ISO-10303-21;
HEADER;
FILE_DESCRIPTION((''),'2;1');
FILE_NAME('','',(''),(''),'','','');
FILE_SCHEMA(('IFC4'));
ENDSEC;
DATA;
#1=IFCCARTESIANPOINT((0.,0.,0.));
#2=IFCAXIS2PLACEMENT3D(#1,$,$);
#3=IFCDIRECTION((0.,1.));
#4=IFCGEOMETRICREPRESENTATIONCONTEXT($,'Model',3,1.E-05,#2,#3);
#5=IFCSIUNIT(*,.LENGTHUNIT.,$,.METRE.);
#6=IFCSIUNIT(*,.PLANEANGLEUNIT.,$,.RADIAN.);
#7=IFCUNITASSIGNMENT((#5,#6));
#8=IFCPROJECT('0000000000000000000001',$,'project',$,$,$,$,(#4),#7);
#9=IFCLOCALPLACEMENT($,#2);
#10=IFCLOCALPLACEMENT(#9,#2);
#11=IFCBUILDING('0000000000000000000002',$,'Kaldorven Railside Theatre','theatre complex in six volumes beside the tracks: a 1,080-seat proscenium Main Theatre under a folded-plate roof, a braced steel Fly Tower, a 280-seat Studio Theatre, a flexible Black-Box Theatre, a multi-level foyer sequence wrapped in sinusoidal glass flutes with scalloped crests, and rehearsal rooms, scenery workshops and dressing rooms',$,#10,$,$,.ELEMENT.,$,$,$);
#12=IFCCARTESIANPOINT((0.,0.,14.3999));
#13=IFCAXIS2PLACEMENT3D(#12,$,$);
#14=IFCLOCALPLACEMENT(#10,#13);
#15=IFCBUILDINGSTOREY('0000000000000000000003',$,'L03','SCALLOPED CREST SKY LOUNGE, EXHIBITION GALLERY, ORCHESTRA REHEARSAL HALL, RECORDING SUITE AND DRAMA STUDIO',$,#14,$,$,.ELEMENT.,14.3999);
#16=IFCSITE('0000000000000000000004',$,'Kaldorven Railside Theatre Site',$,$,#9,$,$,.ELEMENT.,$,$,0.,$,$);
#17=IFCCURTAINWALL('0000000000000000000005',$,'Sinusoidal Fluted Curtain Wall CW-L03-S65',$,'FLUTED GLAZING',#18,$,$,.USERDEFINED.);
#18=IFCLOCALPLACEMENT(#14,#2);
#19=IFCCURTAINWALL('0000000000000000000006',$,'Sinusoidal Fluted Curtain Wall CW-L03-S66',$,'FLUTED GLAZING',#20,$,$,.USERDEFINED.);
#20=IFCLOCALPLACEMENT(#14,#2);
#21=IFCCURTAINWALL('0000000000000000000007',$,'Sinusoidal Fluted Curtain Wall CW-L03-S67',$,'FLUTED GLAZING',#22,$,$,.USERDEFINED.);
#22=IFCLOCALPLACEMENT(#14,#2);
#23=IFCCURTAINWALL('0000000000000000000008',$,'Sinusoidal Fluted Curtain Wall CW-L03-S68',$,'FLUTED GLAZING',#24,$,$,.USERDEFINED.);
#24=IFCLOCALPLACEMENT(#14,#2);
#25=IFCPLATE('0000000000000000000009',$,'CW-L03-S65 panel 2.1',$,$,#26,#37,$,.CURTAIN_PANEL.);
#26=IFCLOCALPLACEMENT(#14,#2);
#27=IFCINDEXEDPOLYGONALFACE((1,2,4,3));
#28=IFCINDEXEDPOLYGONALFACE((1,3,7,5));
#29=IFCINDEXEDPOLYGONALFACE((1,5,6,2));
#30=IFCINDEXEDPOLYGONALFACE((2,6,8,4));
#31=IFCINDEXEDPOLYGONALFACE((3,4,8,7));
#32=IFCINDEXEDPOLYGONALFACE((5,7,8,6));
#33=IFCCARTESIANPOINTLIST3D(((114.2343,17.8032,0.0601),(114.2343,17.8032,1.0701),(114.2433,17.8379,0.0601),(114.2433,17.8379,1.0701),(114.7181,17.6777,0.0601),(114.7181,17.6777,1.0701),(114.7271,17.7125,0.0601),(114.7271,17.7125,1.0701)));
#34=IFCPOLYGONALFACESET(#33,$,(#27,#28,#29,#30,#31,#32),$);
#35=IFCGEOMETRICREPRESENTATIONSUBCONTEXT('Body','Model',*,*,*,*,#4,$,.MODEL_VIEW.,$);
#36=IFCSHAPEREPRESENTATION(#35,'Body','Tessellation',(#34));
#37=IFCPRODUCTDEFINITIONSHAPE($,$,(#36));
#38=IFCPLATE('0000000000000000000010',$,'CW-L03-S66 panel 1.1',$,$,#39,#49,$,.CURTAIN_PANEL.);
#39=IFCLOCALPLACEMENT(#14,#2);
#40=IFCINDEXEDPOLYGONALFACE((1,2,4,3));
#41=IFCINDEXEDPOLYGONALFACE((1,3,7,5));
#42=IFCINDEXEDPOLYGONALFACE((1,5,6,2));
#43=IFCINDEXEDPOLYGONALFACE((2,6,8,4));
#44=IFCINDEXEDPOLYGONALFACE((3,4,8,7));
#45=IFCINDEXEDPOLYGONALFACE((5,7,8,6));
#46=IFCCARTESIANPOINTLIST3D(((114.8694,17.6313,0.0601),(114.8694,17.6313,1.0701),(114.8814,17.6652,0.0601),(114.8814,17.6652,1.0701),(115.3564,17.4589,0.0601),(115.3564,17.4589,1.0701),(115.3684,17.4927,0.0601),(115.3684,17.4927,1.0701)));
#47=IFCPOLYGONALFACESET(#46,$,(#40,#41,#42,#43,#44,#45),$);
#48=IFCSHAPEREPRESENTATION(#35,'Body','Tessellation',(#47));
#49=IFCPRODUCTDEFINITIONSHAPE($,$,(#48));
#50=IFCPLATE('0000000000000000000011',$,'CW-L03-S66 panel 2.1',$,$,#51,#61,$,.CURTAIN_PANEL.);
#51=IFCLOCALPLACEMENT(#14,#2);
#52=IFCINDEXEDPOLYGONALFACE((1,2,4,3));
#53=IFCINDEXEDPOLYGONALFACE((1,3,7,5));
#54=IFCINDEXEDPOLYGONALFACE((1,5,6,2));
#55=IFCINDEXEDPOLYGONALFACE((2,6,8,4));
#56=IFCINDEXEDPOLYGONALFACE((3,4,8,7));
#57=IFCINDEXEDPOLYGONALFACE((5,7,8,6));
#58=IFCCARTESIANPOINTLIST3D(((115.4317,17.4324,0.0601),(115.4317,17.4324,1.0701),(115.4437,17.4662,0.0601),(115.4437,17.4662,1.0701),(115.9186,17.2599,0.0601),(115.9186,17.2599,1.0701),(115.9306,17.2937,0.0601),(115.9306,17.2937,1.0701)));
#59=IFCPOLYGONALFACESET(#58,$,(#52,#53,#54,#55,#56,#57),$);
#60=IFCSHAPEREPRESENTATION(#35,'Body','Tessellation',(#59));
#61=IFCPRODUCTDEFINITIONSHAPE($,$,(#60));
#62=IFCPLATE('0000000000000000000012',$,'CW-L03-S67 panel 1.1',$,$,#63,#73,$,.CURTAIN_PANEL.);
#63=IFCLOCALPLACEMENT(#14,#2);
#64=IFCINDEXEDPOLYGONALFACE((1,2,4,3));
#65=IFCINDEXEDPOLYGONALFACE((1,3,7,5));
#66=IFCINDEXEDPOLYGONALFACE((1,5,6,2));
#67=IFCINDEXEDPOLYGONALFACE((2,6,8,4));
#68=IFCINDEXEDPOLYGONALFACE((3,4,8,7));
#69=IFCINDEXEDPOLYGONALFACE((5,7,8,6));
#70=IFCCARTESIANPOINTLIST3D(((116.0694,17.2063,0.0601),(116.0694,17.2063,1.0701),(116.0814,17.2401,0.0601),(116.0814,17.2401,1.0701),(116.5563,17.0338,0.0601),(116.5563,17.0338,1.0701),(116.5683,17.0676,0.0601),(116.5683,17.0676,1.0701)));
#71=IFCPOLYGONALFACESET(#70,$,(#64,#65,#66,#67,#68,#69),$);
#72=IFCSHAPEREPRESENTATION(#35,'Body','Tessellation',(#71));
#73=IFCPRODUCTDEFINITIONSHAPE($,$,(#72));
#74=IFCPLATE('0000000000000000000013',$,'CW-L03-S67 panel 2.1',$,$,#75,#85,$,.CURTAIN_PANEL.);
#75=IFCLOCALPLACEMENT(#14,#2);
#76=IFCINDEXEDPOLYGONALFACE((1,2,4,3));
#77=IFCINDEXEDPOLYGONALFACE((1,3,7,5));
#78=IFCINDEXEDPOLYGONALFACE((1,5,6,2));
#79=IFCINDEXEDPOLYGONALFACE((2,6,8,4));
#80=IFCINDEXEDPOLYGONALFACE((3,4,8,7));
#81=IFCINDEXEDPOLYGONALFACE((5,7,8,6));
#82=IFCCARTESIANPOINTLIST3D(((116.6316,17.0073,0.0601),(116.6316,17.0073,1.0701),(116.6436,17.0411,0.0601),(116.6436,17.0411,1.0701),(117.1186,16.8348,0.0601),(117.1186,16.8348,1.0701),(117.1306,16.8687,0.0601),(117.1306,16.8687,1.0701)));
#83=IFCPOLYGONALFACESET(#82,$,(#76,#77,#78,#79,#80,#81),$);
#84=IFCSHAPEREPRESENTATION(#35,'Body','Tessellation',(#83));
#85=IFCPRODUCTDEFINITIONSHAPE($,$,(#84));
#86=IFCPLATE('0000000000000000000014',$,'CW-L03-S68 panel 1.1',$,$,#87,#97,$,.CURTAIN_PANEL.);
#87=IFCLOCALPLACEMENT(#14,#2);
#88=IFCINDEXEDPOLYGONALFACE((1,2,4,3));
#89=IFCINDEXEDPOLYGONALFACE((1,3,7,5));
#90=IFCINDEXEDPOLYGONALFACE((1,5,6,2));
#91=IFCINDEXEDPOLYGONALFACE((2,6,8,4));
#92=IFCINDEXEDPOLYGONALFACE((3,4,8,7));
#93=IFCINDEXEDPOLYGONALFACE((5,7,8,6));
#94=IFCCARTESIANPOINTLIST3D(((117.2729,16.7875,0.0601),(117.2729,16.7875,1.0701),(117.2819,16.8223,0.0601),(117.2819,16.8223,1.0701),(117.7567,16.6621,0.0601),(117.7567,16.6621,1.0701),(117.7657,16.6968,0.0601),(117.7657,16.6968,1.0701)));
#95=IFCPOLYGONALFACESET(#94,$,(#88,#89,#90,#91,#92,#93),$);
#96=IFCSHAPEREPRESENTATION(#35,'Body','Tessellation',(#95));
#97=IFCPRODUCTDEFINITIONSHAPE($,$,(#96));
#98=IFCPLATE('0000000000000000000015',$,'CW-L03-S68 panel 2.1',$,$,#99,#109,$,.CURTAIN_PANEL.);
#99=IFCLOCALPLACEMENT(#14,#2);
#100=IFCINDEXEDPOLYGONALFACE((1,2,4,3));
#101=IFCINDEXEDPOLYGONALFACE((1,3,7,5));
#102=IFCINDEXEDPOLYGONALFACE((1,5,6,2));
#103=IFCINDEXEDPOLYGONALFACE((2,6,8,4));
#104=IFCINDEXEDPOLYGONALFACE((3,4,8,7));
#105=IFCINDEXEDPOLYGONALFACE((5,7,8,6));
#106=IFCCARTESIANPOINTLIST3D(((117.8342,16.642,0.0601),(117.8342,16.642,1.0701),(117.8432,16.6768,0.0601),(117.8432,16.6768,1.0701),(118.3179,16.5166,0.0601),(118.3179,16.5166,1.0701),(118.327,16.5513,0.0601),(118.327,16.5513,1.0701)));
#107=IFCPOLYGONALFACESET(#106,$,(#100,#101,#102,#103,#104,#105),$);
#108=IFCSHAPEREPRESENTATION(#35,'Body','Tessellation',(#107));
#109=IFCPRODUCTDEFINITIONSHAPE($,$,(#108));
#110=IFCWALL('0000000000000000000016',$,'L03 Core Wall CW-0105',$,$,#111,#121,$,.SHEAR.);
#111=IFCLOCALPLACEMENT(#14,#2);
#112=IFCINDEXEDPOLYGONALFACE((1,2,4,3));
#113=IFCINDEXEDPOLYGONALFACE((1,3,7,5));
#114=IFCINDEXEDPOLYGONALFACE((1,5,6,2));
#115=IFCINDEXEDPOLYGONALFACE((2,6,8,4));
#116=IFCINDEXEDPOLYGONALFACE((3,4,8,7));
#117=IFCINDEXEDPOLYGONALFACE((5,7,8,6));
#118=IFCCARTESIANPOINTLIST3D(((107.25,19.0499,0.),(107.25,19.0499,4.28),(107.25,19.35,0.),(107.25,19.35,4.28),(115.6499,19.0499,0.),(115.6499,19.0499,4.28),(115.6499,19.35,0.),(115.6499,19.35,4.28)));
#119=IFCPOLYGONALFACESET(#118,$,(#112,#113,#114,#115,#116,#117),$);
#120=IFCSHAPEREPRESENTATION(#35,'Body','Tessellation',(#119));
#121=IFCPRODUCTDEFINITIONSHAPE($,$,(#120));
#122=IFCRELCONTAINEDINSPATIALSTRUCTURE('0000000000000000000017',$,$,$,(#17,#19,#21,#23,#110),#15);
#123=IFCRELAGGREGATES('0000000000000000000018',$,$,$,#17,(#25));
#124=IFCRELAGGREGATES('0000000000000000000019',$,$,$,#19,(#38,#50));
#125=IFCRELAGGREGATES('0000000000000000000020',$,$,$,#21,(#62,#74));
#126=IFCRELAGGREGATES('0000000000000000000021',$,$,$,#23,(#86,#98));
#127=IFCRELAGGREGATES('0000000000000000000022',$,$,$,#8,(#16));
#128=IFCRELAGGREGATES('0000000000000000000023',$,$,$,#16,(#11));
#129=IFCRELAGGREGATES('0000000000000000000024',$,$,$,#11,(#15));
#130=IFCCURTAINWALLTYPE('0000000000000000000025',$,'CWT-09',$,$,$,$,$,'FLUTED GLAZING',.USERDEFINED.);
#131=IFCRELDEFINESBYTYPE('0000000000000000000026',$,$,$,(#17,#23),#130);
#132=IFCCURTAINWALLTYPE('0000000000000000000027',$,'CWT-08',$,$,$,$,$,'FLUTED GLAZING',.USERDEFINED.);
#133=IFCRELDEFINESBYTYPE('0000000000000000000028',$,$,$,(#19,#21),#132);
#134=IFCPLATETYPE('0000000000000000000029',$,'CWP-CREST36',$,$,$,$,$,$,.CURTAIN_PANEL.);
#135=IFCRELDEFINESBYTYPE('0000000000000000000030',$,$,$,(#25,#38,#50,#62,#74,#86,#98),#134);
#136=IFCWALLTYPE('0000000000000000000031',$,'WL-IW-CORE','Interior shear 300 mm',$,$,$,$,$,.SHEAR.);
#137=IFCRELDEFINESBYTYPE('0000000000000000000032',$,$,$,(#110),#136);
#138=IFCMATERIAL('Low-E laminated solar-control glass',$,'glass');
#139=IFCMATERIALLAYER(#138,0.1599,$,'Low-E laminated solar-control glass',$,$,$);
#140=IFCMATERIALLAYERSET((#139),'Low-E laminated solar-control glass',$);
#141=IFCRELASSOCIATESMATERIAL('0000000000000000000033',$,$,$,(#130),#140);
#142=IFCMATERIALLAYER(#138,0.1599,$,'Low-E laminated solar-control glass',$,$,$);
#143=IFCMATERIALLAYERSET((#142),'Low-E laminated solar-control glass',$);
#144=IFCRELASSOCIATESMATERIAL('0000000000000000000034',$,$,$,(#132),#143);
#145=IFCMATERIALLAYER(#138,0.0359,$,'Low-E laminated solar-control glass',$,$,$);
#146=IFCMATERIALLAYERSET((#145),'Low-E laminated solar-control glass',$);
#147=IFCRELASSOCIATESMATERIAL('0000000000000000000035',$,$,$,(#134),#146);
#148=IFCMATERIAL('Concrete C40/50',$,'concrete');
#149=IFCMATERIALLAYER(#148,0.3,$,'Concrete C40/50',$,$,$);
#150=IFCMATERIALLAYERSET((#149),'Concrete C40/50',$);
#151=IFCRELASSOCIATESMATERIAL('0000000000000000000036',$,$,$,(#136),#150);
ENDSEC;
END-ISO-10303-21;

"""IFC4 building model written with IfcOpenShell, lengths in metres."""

from ifc_helpers import new_model, si_unit, direction, frame, frame_2d, origin, origin_2d, place, context, subcontext, project, spatial, rectangle, extrude, material, layer, layer_set, type_object, element, aggregate, save


model = new_model("IFC4")

# Units and contexts
model_context = context("Model", 3, precision=1e-05, world=origin(), true_north=direction((0.0, 1.0)))
body_context = subcontext(model_context, "Body", "Model", "MODEL_VIEW")
ifc_project = project(units=[si_unit("LENGTHUNIT", "METRE"), si_unit("PLANEANGLEUNIT", "RADIAN")], contexts=[model_context])

# Site, building, storey
site_placement = place(None, origin())
site = spatial("IfcSite", under=ifc_project, at=site_placement, Name="Kaldorven Railside Theatre Site", CompositionType="ELEMENT", RefElevation=0.0)
building_placement = place(site_placement, origin())
building = spatial("IfcBuilding", under=site, at=building_placement, Name="Kaldorven Railside Theatre", Description="theatre complex in six volumes beside the tracks: a 1,080-seat proscenium Main Theatre under a folded-plate roof, a braced steel Fly Tower, a 280-seat Studio Theatre, a flexible Black-Box Theatre, a multi-level foyer sequence wrapped in sinusoidal glass flutes with scalloped crests, and rehearsal rooms, scenery workshops and dressing rooms", CompositionType="ELEMENT")
storey_placement = place(building_placement, frame((0.0, 0.0, 14.3999)))
storey = spatial("IfcBuildingStorey", under=building, at=storey_placement, Name="L03", Description="SCALLOPED CREST SKY LOUNGE, EXHIBITION GALLERY, ORCHESTRA REHEARSAL HALL, RECORDING SUITE AND DRAMA STUDIO", CompositionType="ELEMENT", Elevation=14.3999)

# Shared definitions
ifc_material_1 = material(Name="Concrete C40/50", Category="concrete")

# Curtain walls
ifc_material_2 = material(Name="Low-E laminated solar-control glass", Category="glass")
ifc_layer_1 = layer(ifc_material_2, 0.1599, Name="Low-E laminated solar-control glass")
ifc_layer_set_1 = layer_set([ifc_layer_1], Name="Low-E laminated solar-control glass")
curtain_wall_type_1 = type_object("IfcCurtainWallType", Name="CWT-09", ElementType="FLUTED GLAZING", PredefinedType="USERDEFINED", material=ifc_layer_set_1)
curtain_wall_1_placement = place(storey_placement, origin())
curtain_wall_1 = element("IfcCurtainWall", 1, at=curtain_wall_1_placement, inside=storey, type_object=curtain_wall_type_1, Name="Sinusoidal Fluted Curtain Wall CW-L03-S65", ObjectType="FLUTED GLAZING", PredefinedType="USERDEFINED")
ifc_layer_2 = layer(ifc_material_2, 0.1599, Name="Low-E laminated solar-control glass")
ifc_layer_set_2 = layer_set([ifc_layer_2], Name="Low-E laminated solar-control glass")
curtain_wall_type_2 = type_object("IfcCurtainWallType", Name="CWT-08", ElementType="FLUTED GLAZING", PredefinedType="USERDEFINED", material=ifc_layer_set_2)
curtain_wall_2_placement = place(storey_placement, origin())
curtain_wall_2 = element("IfcCurtainWall", 2, at=curtain_wall_2_placement, inside=storey, type_object=curtain_wall_type_2, Name="Sinusoidal Fluted Curtain Wall CW-L03-S66", ObjectType="FLUTED GLAZING", PredefinedType="USERDEFINED")
curtain_wall_3_placement = place(storey_placement, origin())
curtain_wall_3 = element("IfcCurtainWall", 3, at=curtain_wall_3_placement, inside=storey, type_object=curtain_wall_type_2, Name="Sinusoidal Fluted Curtain Wall CW-L03-S67", ObjectType="FLUTED GLAZING", PredefinedType="USERDEFINED")
curtain_wall_4_placement = place(storey_placement, origin())
curtain_wall_4 = element("IfcCurtainWall", 4, at=curtain_wall_4_placement, inside=storey, type_object=curtain_wall_type_1, Name="Sinusoidal Fluted Curtain Wall CW-L03-S68", ObjectType="FLUTED GLAZING", PredefinedType="USERDEFINED")

# Plates
ifc_layer_3 = layer(ifc_material_2, 0.0359, Name="Low-E laminated solar-control glass")
ifc_layer_set_3 = layer_set([ifc_layer_3], Name="Low-E laminated solar-control glass")
plate_type = type_object("IfcPlateType", Name="CWP-CREST36", PredefinedType="CURTAIN_PANEL", material=ifc_layer_set_3)
plate_1_placement = place(storey_placement, frame((114.4807, 17.7578, 0.0601), z_axis=(0.0, 0.0, 1.0), x_axis=(0.967999, -0.250954, 0.0)))
plate_1 = element("IfcPlate", 5, at=plate_1_placement, type_object=plate_type, Name="CW-L03-S65 panel 2.1", PredefinedType="CURTAIN_PANEL", context=body_context, shape_type="SweptSolid", body=[
    extrude(rectangle(XDim=0.4998, YDim=0.0359, at=origin_2d()), origin(), (0.0, 0.0, 1.0), 1.01),
])
aggregate(curtain_wall_1, [plate_1])
plate_2_placement = place(storey_placement, frame((115.1189, 17.562, 0.0601), z_axis=(0.0, 0.0, 1.0), x_axis=(0.942627, -0.333847, 0.0)))
plate_2 = element("IfcPlate", 6, at=plate_2_placement, type_object=plate_type, Name="CW-L03-S66 panel 1.1", PredefinedType="CURTAIN_PANEL", context=body_context, shape_type="SweptSolid", body=[
    extrude(rectangle(XDim=0.5166, YDim=0.0359, at=origin_2d()), origin(), (0.0, 0.0, 1.0), 1.01),
])
plate_3_placement = place(storey_placement, frame((115.6812, 17.363, 0.0601), z_axis=(0.0, 0.0, 1.0), x_axis=(0.942627, -0.333847, 0.0)))
plate_3 = element("IfcPlate", 7, at=plate_3_placement, type_object=plate_type, Name="CW-L03-S66 panel 2.1", PredefinedType="CURTAIN_PANEL", context=body_context, shape_type="SweptSolid", body=[
    extrude(rectangle(XDim=0.5166, YDim=0.0359, at=origin_2d()), origin(), (0.0, 0.0, 1.0), 1.01),
])
aggregate(curtain_wall_2, [plate_2, plate_3])
plate_4_placement = place(storey_placement, frame((116.3188, 17.137, 0.0601), z_axis=(0.0, 0.0, 1.0), x_axis=(0.942627, -0.333847, 0.0)))
plate_4 = element("IfcPlate", 8, at=plate_4_placement, type_object=plate_type, Name="CW-L03-S67 panel 1.1", PredefinedType="CURTAIN_PANEL", context=body_context, shape_type="SweptSolid", body=[
    extrude(rectangle(XDim=0.5166, YDim=0.0359, at=origin_2d()), origin(), (0.0, 0.0, 1.0), 1.01),
])
plate_5_placement = place(storey_placement, frame((116.8811, 16.938, 0.0601), z_axis=(0.0, 0.0, 1.0), x_axis=(0.942627, -0.333847, 0.0)))
plate_5 = element("IfcPlate", 9, at=plate_5_placement, type_object=plate_type, Name="CW-L03-S67 panel 2.1", PredefinedType="CURTAIN_PANEL", context=body_context, shape_type="SweptSolid", body=[
    extrude(rectangle(XDim=0.5166, YDim=0.0359, at=origin_2d()), origin(), (0.0, 0.0, 1.0), 1.01),
])
aggregate(curtain_wall_3, [plate_4, plate_5])
plate_6_placement = place(storey_placement, frame((117.5193, 16.7422, 0.0601), z_axis=(0.0, 0.0, 1.0), x_axis=(0.967999, -0.250954, 0.0)))
plate_6 = element("IfcPlate", 10, at=plate_6_placement, type_object=plate_type, Name="CW-L03-S68 panel 1.1", PredefinedType="CURTAIN_PANEL", context=body_context, shape_type="SweptSolid", body=[
    extrude(rectangle(XDim=0.4998, YDim=0.0359, at=origin_2d()), origin(), (0.0, 0.0, 1.0), 1.01),
])
plate_7_placement = place(storey_placement, frame((118.0806, 16.5967, 0.0601), z_axis=(0.0, 0.0, 1.0), x_axis=(0.967999, -0.250954, 0.0)))
plate_7 = element("IfcPlate", 11, at=plate_7_placement, type_object=plate_type, Name="CW-L03-S68 panel 2.1", PredefinedType="CURTAIN_PANEL", context=body_context, shape_type="SweptSolid", body=[
    extrude(rectangle(XDim=0.4998, YDim=0.0359, at=origin_2d()), origin(), (0.0, 0.0, 1.0), 1.01),
])
aggregate(curtain_wall_4, [plate_6, plate_7])

# Wall
ifc_layer_4 = layer(ifc_material_1, 0.3, Name="Concrete C40/50")
ifc_layer_set_4 = layer_set([ifc_layer_4], Name="Concrete C40/50")
wall_type = type_object("IfcWallType", Name="WL-IW-CORE", Description="Interior shear 300 mm", PredefinedType="SHEAR", material=ifc_layer_set_4)
wall_placement = place(storey_placement, frame((115.6499, 19.2, 0.0), z_axis=(0.0, 0.0, 1.0), x_axis=(-1.0, 0.0, 0.0)))
element("IfcWall", 12, at=wall_placement, inside=storey, type_object=wall_type, Name="L03 Core Wall CW-0105", PredefinedType="SHEAR", context=body_context, shape_type="SweptSolid", body=[
    extrude(rectangle(XDim=8.3999, YDim=0.3, at=frame_2d((4.2, 0.0))), origin(), (0.0, 0.0, 1.0), 4.28),
])

save(model, "model.ifc")
